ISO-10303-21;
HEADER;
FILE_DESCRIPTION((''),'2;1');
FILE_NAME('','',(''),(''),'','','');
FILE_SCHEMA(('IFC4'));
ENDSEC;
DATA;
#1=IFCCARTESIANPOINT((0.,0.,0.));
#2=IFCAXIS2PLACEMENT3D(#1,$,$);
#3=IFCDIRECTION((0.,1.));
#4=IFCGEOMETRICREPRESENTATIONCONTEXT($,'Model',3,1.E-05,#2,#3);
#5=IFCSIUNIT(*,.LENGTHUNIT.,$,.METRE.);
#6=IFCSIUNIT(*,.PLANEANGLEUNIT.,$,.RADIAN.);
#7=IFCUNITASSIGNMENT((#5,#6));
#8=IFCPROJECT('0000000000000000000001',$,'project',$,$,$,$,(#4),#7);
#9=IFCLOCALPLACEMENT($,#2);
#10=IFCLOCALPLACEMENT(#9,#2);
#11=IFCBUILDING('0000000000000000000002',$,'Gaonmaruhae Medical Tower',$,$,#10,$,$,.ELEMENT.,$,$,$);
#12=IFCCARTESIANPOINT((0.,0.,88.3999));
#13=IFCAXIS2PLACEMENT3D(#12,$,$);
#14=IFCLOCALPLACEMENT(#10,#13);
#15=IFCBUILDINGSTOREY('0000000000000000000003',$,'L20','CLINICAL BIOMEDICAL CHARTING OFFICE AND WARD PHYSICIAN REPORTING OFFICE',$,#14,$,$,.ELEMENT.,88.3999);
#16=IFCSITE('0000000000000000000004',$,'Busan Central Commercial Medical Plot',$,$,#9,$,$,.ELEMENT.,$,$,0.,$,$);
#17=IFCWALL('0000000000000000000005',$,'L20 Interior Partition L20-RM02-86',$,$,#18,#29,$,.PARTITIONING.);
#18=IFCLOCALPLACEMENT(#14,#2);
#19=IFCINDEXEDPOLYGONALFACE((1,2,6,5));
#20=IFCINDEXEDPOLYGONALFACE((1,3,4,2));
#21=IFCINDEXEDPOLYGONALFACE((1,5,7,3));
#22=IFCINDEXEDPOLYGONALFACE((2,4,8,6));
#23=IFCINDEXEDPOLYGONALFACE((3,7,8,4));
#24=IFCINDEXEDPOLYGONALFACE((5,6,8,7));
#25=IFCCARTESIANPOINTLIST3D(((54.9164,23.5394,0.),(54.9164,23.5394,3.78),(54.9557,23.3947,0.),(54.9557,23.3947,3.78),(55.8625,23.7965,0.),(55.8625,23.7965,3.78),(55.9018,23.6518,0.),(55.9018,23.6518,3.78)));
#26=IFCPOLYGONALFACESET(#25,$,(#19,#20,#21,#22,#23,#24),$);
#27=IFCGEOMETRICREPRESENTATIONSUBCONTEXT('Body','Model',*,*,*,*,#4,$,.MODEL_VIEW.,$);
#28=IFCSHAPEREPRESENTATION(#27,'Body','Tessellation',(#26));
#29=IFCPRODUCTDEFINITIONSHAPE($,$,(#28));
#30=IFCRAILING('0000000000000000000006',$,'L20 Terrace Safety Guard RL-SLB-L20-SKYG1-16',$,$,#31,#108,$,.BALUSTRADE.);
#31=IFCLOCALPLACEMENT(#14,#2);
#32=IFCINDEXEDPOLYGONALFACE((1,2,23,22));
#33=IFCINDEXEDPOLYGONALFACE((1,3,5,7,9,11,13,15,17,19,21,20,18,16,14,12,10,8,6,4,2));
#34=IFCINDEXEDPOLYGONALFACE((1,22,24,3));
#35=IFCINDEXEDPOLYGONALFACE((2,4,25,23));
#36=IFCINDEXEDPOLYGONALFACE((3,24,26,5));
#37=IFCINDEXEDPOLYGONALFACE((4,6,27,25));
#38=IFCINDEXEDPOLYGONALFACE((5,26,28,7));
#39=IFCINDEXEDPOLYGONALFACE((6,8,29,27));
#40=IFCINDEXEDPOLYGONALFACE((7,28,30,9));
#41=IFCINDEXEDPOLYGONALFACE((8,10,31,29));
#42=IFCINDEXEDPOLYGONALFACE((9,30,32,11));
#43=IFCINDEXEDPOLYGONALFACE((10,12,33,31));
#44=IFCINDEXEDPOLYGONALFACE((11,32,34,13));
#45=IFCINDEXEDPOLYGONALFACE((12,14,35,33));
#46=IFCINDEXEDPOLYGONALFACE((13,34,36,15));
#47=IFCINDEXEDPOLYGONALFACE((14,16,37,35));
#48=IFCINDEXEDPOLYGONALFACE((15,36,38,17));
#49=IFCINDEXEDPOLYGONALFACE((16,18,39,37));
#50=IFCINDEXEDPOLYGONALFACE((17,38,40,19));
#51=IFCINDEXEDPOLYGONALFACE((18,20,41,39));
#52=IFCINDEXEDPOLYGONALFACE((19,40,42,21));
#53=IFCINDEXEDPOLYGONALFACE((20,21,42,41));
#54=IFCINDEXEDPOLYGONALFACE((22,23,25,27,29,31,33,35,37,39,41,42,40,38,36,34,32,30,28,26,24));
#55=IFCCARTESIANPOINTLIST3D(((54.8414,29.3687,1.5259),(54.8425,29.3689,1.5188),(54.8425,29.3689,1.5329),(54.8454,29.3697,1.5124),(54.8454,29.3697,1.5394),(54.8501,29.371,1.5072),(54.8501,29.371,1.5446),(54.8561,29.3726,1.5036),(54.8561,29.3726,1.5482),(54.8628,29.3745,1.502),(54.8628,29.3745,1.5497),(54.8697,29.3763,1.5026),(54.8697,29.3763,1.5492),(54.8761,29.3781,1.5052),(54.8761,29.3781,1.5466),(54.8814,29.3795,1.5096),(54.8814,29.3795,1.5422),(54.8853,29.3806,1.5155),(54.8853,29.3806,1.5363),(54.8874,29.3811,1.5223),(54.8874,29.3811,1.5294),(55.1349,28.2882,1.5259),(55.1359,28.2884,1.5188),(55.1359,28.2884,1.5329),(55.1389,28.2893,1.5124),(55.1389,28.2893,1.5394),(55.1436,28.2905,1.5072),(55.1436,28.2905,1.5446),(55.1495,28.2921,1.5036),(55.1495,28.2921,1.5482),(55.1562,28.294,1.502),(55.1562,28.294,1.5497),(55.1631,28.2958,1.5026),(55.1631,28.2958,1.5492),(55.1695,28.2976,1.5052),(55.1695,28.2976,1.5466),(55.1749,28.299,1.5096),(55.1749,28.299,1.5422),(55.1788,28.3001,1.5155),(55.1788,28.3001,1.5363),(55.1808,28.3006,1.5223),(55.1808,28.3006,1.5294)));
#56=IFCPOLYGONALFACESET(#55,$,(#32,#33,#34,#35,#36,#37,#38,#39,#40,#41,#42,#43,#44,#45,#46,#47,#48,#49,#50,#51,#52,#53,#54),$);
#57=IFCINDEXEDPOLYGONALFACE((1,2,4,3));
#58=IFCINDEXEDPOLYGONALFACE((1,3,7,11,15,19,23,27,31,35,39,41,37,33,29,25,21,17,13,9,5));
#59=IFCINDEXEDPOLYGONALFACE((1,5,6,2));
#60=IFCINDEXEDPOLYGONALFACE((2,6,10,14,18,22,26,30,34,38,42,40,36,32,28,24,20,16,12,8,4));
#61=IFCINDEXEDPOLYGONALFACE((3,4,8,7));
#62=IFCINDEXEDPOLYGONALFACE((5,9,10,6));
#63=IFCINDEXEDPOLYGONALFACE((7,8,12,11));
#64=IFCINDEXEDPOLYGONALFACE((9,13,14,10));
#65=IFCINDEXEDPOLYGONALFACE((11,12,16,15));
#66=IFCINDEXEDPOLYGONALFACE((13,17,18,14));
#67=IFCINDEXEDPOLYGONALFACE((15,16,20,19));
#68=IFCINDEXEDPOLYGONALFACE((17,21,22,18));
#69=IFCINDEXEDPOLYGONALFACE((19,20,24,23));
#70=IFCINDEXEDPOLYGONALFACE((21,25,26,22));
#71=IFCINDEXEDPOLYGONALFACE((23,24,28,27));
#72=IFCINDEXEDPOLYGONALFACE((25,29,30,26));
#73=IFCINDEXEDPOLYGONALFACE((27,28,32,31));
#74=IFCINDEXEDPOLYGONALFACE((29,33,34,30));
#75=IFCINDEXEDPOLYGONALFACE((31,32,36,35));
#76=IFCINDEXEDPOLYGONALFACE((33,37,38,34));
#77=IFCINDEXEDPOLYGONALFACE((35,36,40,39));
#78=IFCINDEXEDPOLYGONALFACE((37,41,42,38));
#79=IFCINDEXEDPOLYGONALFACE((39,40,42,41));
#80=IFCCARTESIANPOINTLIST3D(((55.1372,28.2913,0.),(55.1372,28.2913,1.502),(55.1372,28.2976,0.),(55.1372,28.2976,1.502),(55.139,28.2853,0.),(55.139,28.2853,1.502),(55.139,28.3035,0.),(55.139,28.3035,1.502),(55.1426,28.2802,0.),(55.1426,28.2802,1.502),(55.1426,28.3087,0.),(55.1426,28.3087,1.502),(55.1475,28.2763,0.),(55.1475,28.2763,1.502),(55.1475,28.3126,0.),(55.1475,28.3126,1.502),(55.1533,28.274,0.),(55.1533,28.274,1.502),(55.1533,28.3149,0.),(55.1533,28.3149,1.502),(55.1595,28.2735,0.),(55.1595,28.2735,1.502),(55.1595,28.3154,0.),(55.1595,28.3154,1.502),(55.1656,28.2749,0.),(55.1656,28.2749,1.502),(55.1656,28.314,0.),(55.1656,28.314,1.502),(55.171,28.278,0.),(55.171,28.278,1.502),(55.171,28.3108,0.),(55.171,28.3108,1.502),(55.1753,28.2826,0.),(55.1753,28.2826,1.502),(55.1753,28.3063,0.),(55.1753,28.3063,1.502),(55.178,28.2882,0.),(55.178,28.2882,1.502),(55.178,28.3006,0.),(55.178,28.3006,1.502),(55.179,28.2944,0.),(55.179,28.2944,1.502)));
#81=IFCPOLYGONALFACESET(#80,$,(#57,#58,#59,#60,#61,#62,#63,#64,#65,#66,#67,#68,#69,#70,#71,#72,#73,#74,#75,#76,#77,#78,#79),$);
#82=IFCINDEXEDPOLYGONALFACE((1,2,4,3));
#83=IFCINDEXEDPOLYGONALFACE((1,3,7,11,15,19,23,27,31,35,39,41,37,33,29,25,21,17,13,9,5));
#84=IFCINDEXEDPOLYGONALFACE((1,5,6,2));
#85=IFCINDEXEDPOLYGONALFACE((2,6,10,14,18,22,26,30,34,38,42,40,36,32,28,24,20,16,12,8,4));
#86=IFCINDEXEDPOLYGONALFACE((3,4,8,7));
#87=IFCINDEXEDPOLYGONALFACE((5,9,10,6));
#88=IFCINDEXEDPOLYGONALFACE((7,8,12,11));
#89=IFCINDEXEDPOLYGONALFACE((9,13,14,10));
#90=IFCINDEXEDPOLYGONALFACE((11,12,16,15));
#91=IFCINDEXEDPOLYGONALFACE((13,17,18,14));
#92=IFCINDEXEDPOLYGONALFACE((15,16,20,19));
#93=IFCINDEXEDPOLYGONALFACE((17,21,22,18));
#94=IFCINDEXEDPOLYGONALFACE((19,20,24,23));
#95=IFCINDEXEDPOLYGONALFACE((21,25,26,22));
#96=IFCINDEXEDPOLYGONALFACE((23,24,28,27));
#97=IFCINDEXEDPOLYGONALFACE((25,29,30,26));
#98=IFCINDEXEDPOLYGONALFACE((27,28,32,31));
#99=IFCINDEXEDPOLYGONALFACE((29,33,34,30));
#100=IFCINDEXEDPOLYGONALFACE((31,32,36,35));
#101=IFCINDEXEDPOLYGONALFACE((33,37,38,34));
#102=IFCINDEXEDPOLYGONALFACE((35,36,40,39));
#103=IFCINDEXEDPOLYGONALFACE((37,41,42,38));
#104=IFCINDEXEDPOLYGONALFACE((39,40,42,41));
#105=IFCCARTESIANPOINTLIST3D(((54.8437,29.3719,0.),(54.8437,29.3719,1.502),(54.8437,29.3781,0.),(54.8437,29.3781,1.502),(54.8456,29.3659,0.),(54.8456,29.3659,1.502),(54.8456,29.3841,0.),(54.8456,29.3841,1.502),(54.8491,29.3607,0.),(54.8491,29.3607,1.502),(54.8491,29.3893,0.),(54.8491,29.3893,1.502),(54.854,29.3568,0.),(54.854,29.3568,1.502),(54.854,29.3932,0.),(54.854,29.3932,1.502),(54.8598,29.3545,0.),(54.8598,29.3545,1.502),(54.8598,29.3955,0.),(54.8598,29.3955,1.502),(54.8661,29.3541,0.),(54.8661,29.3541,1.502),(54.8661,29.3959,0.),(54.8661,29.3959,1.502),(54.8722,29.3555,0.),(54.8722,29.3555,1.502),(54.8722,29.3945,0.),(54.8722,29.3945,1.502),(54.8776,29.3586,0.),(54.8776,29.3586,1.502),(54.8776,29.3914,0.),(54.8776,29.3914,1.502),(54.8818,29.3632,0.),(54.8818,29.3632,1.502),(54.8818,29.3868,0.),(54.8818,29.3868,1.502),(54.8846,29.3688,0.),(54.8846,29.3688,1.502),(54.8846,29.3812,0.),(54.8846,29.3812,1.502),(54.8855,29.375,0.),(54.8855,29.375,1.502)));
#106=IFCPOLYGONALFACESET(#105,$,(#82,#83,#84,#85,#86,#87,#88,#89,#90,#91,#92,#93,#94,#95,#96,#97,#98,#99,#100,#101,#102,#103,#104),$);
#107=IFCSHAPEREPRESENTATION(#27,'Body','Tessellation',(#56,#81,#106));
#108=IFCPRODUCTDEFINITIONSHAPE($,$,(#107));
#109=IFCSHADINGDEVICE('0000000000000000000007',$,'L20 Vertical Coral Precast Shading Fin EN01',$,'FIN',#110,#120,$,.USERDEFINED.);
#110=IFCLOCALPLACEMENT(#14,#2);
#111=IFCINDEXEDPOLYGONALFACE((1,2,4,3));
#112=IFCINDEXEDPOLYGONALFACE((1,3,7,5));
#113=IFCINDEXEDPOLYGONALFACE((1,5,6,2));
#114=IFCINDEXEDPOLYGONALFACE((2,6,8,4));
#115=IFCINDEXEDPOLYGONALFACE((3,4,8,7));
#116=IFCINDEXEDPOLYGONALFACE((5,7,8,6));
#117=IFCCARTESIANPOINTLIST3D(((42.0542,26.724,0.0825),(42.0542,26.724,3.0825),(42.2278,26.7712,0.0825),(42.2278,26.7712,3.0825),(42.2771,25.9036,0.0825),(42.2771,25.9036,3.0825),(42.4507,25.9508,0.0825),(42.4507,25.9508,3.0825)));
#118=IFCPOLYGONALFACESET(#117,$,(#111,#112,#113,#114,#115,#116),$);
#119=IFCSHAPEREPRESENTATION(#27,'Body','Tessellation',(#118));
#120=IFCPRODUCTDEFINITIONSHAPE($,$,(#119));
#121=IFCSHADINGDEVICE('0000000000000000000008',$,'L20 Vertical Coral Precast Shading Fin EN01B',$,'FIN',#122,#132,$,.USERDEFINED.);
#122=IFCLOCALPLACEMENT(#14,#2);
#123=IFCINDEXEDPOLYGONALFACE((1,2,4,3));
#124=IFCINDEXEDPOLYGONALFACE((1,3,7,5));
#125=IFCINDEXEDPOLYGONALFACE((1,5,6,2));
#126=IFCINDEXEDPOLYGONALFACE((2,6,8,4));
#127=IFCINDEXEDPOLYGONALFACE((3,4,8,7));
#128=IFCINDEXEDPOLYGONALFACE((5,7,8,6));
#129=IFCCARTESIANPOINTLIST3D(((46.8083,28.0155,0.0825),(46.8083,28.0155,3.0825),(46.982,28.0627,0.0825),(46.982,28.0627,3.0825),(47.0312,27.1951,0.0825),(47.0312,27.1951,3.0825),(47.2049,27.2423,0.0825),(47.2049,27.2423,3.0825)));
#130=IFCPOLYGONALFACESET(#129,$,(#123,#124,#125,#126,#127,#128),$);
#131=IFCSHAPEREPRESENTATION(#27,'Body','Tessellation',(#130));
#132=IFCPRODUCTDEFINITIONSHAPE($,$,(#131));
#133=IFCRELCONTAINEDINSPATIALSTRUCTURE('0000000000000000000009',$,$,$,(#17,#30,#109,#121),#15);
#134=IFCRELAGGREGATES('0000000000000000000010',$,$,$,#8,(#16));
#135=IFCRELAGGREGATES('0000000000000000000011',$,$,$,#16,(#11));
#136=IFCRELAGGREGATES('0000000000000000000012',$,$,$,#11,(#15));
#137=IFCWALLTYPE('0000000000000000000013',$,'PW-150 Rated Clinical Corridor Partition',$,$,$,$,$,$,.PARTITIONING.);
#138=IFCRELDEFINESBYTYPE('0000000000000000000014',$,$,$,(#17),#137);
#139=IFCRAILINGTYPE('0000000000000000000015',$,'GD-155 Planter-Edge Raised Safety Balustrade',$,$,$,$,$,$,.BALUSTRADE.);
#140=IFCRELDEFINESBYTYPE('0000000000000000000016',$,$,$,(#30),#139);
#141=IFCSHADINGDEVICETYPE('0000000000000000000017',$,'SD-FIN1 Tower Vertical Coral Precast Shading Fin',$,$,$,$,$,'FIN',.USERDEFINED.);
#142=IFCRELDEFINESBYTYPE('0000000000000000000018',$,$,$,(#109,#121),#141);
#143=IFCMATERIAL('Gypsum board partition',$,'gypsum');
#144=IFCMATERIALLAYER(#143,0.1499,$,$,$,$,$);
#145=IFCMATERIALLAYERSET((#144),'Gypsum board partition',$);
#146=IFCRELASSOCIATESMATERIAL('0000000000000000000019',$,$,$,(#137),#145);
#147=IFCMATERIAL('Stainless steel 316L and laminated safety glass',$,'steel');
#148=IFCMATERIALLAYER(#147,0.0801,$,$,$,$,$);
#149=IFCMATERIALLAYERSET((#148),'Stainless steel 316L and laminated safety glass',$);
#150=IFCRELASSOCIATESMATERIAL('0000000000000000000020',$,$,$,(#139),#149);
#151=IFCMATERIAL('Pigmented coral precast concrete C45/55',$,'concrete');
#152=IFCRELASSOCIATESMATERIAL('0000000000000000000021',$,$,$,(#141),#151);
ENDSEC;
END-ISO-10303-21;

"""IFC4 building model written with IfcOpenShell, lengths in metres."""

from ifc_helpers import new_model, si_unit, direction, frame, frame_2d, origin, origin_2d, place, context, subcontext, project, spatial, rectangle, circle, extrude, material, layer, layer_set, type_object, element, save


model = new_model("IFC4")

# Units and contexts
model_context = context("Model", 3, precision=1e-05, world=origin(), true_north=direction((0.0, 1.0)))
body_context = subcontext(model_context, "Body", "Model", "MODEL_VIEW")
ifc_project = project(units=[si_unit("LENGTHUNIT", "METRE"), si_unit("PLANEANGLEUNIT", "RADIAN")], contexts=[model_context])

# Site, building, storey
site_placement = place(None, origin())
site = spatial("IfcSite", under=ifc_project, at=site_placement, Name="Busan Central Commercial Medical Plot", CompositionType="ELEMENT", RefElevation=0.0)
building_placement = place(site_placement, origin())
building = spatial("IfcBuilding", under=site, at=building_placement, Name="Gaonmaruhae Medical Tower", CompositionType="ELEMENT")
storey_placement = place(building_placement, frame((0.0, 0.0, 88.3999)))
storey = spatial("IfcBuildingStorey", under=building, at=storey_placement, Name="L20", Description="CLINICAL BIOMEDICAL CHARTING OFFICE AND WARD PHYSICIAN REPORTING OFFICE", CompositionType="ELEMENT", Elevation=88.3999)

# Shared definitions
ifc_material_1 = material(Name="Gypsum board partition", Category="gypsum")
ifc_layer_1 = layer(ifc_material_1, 0.1499)
ifc_layer_set_1 = layer_set([ifc_layer_1], Name="Gypsum board partition")
wall_type_1 = type_object("IfcWallType", Name="PW-150 Rated Clinical Corridor Partition", PredefinedType="PARTITIONING", material=ifc_layer_set_1)

# Wall
wall_1_placement = place(storey_placement, frame((54.936, 23.467, 0.0), z_axis=(0.0, 0.0, 1.0), x_axis=(0.965005, 0.262232, 0.0)))
element("IfcWall", 1, at=wall_1_placement, inside=storey, type_object=wall_type_1, Name="L20 Interior Partition L20-RM02-86", PredefinedType="PARTITIONING", context=body_context, shape_type="SweptSolid", body=[
    extrude(rectangle(XDim=0.9805, YDim=0.1499, at=frame_2d((0.4902, 0.0))), origin(), (0.0, 0.0, 1.0), 3.78),
])

# Railing
ifc_material_2 = material(Name="Stainless steel 316L and laminated safety glass", Category="steel")
ifc_layer_2 = layer(ifc_material_2, 0.0801)
ifc_layer_set_2 = layer_set([ifc_layer_2], Name="Stainless steel 316L and laminated safety glass")
railing_type = type_object("IfcRailingType", Name="GD-155 Planter-Edge Raised Safety Balustrade", PredefinedType="BALUSTRADE", material=ifc_layer_set_2)
railing_1_placement = place(storey_placement, frame((55.158, 28.2944, 0.0)))
element("IfcRailing", 2, at=railing_1_placement, inside=storey, type_object=railing_type, Name="L20 Terrace Safety Guard RL-SLB-L20-SKYG1-16", PredefinedType="BALUSTRADE", context=body_context, shape_type="SweptSolid", body=[
    extrude(circle(Radius=0.0239, at=origin_2d()), frame((0.0, 0.0, 1.5259), z_axis=(-0.262084, 0.965045, 0.0), x_axis=(-0.965045, -0.262084, 0.0)), (0.0, 0.0, 1.0), 1.1196),
    extrude(circle(Radius=0.021, at=origin_2d()), origin(), (0.0, 0.0, 1.0), 1.502),
    extrude(circle(Radius=0.021, at=origin_2d()), frame((-0.2935, 1.0806, 0.0)), (0.0, 0.0, 1.0), 1.502),
])

# Shading devices
ifc_material_3 = material(Name="Pigmented coral precast concrete C45/55", Category="concrete")
shading_device_type = type_object("IfcShadingDeviceType", Name="SD-FIN1 Tower Vertical Coral Precast Shading Fin", ElementType="FIN", PredefinedType="USERDEFINED", material=ifc_material_3)
for number, where, z_axis, x_axis, name in (
    (3, (42.2524, 26.3374, 0.0825), (0.0, 0.0, 1.0), (0.965016, 0.262189, 0.0), "L20 Vertical Coral Precast Shading Fin EN01"),
    (4, (47.0066, 27.6289, 0.0825), (0.0, 0.0, 1.0), (0.965016, 0.262189, 0.0), "L20 Vertical Coral Precast Shading Fin EN01B"),
):
    element("IfcShadingDevice", number, at=place(storey_placement, frame(where, z_axis=z_axis, x_axis=x_axis)), inside=storey, type_object=shading_device_type, Name=name, ObjectType="FIN", PredefinedType="USERDEFINED", context=body_context, shape_type="SweptSolid", body=[
        extrude(rectangle(XDim=0.1799, YDim=0.8501, at=origin_2d()), origin(), (0.0, 0.0, 1.0), 3.0),
    ])

save(model, "model.ifc")
